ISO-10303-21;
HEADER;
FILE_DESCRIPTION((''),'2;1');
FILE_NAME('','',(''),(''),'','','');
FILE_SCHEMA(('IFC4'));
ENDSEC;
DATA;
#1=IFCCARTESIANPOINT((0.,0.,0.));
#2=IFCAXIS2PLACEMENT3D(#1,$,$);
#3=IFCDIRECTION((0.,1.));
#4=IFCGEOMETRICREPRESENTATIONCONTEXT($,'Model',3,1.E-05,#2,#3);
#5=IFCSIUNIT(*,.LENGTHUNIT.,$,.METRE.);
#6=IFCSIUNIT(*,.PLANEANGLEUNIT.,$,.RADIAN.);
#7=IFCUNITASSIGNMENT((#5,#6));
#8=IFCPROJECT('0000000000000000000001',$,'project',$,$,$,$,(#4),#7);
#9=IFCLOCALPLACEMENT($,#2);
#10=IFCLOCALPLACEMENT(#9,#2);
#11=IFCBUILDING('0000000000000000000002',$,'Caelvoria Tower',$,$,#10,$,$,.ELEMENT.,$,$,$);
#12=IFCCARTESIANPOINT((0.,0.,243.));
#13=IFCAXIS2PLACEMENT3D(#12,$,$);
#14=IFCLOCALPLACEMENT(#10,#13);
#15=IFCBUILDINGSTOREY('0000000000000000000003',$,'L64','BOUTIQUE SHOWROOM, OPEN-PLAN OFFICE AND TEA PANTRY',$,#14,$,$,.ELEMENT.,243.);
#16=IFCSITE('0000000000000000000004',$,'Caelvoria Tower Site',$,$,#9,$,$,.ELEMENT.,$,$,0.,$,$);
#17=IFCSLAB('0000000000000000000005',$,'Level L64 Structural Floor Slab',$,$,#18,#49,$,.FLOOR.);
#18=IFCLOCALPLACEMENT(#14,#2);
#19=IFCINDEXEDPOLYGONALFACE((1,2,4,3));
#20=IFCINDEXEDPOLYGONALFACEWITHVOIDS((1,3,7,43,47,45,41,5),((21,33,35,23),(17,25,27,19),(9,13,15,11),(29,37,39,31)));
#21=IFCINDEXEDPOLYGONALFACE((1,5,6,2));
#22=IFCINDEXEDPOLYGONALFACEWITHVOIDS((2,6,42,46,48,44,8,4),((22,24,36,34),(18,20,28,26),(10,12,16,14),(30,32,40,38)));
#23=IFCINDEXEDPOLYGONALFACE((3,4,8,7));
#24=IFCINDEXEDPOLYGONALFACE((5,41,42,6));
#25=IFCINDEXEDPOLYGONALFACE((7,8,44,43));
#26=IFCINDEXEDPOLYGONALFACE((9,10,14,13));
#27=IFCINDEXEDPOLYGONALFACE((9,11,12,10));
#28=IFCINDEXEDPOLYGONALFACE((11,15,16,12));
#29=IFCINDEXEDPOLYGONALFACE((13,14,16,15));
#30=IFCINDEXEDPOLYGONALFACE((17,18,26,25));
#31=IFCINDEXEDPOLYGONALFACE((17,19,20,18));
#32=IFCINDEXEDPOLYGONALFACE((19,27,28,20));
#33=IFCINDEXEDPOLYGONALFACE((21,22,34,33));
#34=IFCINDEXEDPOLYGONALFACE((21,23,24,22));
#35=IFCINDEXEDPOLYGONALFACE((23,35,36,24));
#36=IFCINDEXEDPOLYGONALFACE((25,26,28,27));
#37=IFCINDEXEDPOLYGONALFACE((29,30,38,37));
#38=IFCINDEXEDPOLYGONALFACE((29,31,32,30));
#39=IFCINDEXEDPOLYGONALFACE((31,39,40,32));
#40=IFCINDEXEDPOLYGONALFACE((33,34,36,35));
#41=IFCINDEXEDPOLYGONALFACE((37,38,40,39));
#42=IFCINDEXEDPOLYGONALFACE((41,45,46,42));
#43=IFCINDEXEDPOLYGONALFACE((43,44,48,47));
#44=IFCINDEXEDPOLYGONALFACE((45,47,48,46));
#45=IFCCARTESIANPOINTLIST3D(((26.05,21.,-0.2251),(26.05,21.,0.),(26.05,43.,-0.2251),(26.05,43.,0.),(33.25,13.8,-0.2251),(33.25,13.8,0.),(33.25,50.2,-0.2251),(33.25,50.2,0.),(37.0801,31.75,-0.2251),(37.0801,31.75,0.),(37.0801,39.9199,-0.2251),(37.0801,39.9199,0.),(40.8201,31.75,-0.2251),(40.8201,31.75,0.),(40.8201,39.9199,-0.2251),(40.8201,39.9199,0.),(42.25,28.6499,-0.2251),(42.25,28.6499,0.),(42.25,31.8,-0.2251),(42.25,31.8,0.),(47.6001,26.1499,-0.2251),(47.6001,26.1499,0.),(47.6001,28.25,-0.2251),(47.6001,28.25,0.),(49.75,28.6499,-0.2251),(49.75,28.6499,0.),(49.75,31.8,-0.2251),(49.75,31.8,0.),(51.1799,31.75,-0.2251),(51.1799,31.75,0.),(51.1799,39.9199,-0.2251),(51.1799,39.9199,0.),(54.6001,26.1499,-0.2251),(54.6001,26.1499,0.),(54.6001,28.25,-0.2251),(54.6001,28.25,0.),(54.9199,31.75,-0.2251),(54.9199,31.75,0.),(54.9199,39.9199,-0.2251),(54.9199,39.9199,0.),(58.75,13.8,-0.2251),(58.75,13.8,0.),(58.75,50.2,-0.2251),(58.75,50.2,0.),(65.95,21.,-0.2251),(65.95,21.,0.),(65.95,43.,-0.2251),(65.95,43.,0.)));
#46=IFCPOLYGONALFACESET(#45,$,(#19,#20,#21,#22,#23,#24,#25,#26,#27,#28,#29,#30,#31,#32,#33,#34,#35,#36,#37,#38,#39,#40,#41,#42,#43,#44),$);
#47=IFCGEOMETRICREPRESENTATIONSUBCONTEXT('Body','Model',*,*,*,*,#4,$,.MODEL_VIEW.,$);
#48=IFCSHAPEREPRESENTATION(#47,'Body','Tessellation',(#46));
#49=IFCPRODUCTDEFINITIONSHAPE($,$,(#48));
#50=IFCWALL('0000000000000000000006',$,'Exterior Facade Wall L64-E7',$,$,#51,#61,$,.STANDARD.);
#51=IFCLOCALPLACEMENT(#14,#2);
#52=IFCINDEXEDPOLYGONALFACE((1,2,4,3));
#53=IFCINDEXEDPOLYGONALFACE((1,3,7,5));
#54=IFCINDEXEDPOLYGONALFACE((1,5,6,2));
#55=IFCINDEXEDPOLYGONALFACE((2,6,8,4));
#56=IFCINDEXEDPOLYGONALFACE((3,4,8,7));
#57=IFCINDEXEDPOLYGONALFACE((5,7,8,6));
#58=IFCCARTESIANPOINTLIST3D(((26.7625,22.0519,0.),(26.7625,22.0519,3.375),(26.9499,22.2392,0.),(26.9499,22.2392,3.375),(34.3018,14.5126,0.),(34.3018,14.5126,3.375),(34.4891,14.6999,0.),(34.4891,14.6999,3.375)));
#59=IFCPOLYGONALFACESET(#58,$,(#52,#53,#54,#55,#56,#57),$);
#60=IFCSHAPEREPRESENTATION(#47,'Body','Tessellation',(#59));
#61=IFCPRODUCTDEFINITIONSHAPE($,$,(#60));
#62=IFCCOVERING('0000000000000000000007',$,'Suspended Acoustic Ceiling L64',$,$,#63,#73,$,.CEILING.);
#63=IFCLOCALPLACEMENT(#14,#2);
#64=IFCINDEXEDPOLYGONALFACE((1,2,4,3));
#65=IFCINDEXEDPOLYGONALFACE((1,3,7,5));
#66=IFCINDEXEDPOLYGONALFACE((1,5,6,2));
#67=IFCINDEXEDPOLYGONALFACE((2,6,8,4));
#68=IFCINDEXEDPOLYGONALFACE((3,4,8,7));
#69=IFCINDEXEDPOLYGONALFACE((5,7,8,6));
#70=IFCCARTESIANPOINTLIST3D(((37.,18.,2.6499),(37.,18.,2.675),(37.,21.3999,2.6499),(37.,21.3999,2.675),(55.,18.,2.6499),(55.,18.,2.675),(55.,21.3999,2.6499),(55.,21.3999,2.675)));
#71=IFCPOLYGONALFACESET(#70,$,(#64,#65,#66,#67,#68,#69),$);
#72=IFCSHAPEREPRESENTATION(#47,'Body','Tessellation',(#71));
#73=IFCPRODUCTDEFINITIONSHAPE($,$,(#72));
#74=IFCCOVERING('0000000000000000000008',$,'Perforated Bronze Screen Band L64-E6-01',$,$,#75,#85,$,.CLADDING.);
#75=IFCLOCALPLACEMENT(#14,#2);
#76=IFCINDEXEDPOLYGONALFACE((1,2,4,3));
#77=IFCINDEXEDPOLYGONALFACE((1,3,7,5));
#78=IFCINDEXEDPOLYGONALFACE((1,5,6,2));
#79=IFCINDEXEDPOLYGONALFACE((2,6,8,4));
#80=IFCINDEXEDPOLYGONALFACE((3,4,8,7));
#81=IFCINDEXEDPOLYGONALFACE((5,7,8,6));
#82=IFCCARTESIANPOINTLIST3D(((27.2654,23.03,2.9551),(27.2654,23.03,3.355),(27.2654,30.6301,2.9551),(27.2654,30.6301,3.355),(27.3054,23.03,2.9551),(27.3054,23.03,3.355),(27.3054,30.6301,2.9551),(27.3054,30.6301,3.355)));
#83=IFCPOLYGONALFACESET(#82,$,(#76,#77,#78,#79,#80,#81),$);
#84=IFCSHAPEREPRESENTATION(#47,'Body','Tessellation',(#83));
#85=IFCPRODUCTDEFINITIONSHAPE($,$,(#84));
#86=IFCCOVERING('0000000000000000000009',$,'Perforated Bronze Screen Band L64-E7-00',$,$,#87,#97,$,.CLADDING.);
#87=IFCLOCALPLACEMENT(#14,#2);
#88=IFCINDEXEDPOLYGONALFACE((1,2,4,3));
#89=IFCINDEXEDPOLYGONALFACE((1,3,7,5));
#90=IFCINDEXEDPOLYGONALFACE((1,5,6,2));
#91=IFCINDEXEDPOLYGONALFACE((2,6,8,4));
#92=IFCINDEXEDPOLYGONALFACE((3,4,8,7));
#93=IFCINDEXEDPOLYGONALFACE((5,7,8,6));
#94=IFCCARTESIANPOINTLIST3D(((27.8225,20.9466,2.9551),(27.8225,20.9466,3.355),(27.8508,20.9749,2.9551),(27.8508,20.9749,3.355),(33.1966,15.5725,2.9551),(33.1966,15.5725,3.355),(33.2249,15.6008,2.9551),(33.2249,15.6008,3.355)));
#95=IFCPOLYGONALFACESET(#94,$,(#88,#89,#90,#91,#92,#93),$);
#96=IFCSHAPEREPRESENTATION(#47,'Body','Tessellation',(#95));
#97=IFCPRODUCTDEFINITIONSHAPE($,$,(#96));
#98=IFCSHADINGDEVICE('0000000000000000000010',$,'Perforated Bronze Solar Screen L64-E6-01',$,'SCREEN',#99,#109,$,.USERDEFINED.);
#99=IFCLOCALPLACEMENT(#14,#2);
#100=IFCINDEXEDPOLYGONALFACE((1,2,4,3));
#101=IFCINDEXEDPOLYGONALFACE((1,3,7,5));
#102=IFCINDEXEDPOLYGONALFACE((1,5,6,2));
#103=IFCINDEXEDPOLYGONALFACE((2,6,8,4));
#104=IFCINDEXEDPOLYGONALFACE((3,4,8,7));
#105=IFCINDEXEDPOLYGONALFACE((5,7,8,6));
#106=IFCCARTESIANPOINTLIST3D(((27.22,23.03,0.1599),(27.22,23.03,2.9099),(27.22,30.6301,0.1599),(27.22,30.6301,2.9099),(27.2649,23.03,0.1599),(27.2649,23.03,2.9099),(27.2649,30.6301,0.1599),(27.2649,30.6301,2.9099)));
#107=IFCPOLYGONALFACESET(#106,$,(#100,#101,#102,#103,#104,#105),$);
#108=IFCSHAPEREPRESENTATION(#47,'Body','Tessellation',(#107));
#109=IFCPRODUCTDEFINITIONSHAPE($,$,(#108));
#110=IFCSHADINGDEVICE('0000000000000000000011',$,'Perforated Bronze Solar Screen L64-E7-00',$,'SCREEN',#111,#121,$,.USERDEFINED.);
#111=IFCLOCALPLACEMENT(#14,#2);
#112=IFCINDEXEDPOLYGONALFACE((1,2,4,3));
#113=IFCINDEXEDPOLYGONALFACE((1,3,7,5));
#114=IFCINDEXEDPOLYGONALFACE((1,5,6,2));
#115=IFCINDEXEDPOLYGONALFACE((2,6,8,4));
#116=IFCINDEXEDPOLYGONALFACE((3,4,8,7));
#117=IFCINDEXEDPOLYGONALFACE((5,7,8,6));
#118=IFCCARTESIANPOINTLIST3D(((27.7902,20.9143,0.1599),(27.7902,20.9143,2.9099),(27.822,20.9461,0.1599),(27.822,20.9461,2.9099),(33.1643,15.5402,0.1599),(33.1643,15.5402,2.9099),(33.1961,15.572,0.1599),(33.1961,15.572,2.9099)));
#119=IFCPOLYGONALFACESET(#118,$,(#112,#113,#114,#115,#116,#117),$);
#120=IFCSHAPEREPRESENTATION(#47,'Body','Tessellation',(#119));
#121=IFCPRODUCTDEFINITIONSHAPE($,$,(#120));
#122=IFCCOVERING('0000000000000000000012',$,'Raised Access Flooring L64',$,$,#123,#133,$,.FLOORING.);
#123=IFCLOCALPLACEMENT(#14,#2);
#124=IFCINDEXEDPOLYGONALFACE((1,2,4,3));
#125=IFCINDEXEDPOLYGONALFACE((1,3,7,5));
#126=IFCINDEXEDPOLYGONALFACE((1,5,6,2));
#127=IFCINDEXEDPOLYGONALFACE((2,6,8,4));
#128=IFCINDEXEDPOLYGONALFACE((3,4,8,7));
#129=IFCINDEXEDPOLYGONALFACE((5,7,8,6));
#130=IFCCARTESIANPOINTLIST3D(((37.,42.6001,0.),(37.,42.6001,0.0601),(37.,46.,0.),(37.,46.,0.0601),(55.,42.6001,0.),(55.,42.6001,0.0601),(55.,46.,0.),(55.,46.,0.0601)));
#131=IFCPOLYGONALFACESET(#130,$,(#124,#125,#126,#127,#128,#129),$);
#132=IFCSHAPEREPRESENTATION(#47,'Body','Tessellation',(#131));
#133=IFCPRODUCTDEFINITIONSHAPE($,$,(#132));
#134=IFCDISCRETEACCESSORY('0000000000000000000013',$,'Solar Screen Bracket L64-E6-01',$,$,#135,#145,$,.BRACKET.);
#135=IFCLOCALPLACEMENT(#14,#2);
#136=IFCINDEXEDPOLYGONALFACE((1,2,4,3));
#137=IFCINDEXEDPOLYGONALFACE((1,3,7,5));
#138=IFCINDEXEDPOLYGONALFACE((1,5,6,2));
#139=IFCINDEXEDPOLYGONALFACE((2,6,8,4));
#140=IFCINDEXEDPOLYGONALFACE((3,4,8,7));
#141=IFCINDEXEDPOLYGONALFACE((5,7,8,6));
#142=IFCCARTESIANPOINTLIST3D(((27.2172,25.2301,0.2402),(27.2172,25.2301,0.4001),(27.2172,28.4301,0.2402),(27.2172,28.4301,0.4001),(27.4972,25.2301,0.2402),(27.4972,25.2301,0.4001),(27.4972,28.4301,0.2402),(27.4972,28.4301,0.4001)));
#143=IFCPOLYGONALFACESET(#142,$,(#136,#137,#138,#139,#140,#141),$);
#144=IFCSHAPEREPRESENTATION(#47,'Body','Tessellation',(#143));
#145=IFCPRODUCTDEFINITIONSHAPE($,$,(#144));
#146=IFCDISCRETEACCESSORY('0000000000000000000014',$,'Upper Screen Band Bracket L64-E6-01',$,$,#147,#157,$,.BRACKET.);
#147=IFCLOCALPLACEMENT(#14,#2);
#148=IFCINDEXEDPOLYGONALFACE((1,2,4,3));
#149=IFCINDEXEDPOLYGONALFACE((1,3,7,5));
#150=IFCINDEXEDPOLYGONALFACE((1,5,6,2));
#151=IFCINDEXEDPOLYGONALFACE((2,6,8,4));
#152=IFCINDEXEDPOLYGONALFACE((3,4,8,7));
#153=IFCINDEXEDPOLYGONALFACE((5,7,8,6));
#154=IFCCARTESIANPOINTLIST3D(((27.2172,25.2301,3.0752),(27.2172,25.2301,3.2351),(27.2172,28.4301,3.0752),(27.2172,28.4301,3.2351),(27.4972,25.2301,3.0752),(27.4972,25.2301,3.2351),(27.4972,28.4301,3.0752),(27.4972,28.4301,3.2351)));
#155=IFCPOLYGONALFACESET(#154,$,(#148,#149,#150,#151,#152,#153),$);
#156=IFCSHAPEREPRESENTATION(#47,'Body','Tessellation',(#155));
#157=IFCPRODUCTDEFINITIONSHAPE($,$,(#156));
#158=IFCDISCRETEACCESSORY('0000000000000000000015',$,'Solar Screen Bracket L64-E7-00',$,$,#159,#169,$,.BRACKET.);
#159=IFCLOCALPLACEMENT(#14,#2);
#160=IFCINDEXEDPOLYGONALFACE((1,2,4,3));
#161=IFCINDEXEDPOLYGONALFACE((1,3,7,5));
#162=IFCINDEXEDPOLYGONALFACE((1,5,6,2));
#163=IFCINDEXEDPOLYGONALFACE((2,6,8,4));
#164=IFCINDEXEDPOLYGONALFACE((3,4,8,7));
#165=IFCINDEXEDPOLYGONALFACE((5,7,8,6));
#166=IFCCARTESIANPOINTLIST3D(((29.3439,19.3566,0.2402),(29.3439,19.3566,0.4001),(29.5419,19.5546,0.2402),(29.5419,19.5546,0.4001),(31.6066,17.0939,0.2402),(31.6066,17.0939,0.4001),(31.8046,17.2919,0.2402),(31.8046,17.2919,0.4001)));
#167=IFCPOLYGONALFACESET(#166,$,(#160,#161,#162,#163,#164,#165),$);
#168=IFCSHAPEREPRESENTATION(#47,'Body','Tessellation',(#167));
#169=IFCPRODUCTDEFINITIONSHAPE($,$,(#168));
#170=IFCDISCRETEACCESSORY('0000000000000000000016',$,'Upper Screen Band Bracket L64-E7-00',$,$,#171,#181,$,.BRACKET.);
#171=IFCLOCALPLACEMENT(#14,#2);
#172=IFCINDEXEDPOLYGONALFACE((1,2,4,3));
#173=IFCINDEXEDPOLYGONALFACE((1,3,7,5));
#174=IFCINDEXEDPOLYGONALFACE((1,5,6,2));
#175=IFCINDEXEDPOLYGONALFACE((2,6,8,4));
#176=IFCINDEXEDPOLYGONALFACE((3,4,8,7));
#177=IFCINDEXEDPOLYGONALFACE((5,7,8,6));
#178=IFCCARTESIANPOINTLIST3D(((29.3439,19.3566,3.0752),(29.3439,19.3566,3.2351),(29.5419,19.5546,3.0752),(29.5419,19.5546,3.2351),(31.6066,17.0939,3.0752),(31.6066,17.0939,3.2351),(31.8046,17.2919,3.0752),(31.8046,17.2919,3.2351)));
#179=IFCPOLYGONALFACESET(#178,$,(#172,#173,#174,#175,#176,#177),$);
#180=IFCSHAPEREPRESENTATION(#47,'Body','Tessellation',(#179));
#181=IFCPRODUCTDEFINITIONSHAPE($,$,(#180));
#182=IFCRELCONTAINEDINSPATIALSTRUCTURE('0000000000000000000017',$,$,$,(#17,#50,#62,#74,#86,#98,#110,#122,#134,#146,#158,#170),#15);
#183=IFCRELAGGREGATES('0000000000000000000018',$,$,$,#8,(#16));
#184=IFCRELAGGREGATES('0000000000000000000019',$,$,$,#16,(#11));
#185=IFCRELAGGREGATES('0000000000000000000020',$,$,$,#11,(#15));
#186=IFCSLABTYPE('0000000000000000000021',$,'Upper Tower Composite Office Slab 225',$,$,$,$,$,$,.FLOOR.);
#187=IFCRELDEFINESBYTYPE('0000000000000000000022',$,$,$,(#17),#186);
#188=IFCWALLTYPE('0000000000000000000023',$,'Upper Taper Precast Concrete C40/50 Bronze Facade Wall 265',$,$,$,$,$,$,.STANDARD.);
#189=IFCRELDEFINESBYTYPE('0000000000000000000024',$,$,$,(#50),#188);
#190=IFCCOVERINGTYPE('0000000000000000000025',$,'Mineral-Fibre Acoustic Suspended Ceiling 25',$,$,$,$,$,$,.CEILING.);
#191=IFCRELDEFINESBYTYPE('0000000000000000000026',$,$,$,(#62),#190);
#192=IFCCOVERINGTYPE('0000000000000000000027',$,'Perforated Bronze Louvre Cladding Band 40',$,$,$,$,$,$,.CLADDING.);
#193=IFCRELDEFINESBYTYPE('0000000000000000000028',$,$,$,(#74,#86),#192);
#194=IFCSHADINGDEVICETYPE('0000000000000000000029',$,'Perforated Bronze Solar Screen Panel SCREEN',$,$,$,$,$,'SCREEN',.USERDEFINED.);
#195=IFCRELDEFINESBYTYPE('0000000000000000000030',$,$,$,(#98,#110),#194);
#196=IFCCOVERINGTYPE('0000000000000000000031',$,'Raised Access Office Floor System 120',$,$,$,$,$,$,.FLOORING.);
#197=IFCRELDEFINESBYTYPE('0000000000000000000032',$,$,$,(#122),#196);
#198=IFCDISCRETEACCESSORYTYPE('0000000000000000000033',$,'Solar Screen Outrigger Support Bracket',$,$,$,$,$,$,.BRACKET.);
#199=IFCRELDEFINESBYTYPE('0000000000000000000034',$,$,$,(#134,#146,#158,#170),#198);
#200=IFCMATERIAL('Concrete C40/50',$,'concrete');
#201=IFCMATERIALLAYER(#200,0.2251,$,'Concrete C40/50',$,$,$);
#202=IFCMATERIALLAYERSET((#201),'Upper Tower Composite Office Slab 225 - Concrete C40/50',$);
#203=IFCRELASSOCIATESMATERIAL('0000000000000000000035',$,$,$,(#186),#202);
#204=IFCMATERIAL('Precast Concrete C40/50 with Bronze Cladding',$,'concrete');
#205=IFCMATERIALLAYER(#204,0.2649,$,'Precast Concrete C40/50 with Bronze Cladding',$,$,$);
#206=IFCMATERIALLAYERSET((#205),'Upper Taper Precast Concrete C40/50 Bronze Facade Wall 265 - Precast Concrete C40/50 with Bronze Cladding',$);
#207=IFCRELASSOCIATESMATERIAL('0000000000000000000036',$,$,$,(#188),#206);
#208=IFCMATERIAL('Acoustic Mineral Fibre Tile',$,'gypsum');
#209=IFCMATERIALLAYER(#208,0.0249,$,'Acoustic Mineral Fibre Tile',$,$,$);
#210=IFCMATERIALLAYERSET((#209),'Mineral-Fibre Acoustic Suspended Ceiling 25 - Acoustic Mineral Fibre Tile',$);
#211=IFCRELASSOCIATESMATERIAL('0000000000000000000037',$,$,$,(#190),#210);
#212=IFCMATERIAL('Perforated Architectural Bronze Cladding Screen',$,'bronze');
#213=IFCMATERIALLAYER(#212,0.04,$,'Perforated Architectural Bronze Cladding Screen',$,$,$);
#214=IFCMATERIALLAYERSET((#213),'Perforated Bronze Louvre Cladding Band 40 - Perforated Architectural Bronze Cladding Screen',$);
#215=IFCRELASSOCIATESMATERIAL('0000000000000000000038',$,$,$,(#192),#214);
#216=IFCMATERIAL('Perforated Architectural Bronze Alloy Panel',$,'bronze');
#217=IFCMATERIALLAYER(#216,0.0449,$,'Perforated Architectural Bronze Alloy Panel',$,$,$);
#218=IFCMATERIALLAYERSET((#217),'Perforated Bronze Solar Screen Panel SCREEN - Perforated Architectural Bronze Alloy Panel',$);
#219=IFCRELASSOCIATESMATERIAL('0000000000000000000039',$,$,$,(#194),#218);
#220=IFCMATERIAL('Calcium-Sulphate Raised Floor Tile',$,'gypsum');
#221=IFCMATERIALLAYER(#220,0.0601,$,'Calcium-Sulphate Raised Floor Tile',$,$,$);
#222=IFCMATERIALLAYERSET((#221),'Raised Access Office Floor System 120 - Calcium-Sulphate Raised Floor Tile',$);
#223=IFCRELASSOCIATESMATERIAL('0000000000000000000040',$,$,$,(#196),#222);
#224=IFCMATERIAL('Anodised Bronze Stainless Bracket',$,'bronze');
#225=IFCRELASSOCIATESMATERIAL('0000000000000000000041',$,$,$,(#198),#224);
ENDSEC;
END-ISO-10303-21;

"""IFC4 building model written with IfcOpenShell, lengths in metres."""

from ifc_helpers import new_model, si_unit, direction, frame, frame_2d, origin, origin_2d, place, context, subcontext, project, spatial, polyline, rectangle, outline, extrude, material, layer, layer_set, type_object, element, save


model = new_model("IFC4")

# Units and contexts
model_context = context("Model", 3, precision=1e-05, world=origin(), true_north=direction((0.0, 1.0)))
body_context = subcontext(model_context, "Body", "Model", "MODEL_VIEW")
ifc_project = project(units=[si_unit("LENGTHUNIT", "METRE"), si_unit("PLANEANGLEUNIT", "RADIAN")], contexts=[model_context])

# Site, building, storey
site_placement = place(None, origin())
site = spatial("IfcSite", under=ifc_project, at=site_placement, Name="Caelvoria Tower Site", CompositionType="ELEMENT", RefElevation=0.0)
building_placement = place(site_placement, origin())
building = spatial("IfcBuilding", under=site, at=building_placement, Name="Caelvoria Tower", CompositionType="ELEMENT")
storey_placement = place(building_placement, frame((0.0, 0.0, 243.0)))
storey = spatial("IfcBuildingStorey", under=building, at=storey_placement, Name="L64", Description="BOUTIQUE SHOWROOM, OPEN-PLAN OFFICE AND TEA PANTRY", CompositionType="ELEMENT", Elevation=243.0)

# Shared definitions
ifc_material_1 = material(Name="Concrete C40/50", Category="concrete")

# Slab
ifc_layer_1 = layer(ifc_material_1, 0.2251, Name="Concrete C40/50")
ifc_layer_set_1 = layer_set([ifc_layer_1], Name="Upper Tower Composite Office Slab 225 - Concrete C40/50")
slab_type_1 = type_object("IfcSlabType", Name="Upper Tower Composite Office Slab 225", PredefinedType="FLOOR", material=ifc_layer_set_1)
slab_1_placement = place(storey_placement, frame((0.0, 0.0, -0.2251)))
element("IfcSlab", 1, at=slab_1_placement, inside=storey, type_object=slab_type_1, Name="Level L64 Structural Floor Slab", PredefinedType="FLOOR", context=body_context, shape_type="SweptSolid", body=[
    extrude(outline(polyline([(33.25, 13.8), (58.75, 13.8), (65.95, 21.0), (65.95, 43.0), (58.75, 50.2), (33.25, 50.2), (26.05, 43.0), (26.05, 21.0), (33.25, 13.8)]), holes=[polyline([(37.0801, 31.75), (40.8201, 31.75), (40.8201, 39.9199), (37.0801, 39.9199), (37.0801, 31.75)]), polyline([(51.1799, 31.75), (54.9199, 31.75), (54.9199, 39.9199), (51.1799, 39.9199), (51.1799, 31.75)]), polyline([(42.25, 28.6499), (49.75, 28.6499), (49.75, 31.8), (42.25, 31.8), (42.25, 28.6499)]), polyline([(47.6001, 26.1499), (54.6001, 26.1499), (54.6001, 28.25), (47.6001, 28.25), (47.6001, 26.1499)])]), origin(), (0.0, 0.0, 1.0), 0.2251),
])

# Wall
ifc_material_2 = material(Name="Precast Concrete C40/50 with Bronze Cladding", Category="concrete")
ifc_layer_2 = layer(ifc_material_2, 0.2649, Name="Precast Concrete C40/50 with Bronze Cladding")
ifc_layer_set_2 = layer_set([ifc_layer_2], Name="Upper Taper Precast Concrete C40/50 Bronze Facade Wall 265 - Precast Concrete C40/50 with Bronze Cladding")
wall_type = type_object("IfcWallType", Name="Upper Taper Precast Concrete C40/50 Bronze Facade Wall 265", PredefinedType="STANDARD", material=ifc_layer_set_2)
wall_placement = place(storey_placement, frame((26.8562, 22.1455, 0.0), z_axis=(0.0, 0.0, 1.0), x_axis=(0.707107, -0.707107, 0.0)))
element("IfcWall", 2, at=wall_placement, inside=storey, type_object=wall_type, Name="Exterior Facade Wall L64-E7", PredefinedType="STANDARD", context=body_context, shape_type="SweptSolid", body=[
    extrude(rectangle(XDim=10.6621, YDim=0.2649, at=frame_2d((5.3311, 0.0))), origin(), (0.0, 0.0, 1.0), 3.375),
])

# Coverings
ifc_material_3 = material(Name="Acoustic Mineral Fibre Tile", Category="gypsum")
ifc_layer_3 = layer(ifc_material_3, 0.0249, Name="Acoustic Mineral Fibre Tile")
ifc_layer_set_3 = layer_set([ifc_layer_3], Name="Mineral-Fibre Acoustic Suspended Ceiling 25 - Acoustic Mineral Fibre Tile")
covering_type_1 = type_object("IfcCoveringType", Name="Mineral-Fibre Acoustic Suspended Ceiling 25", PredefinedType="CEILING", material=ifc_layer_set_3)
covering_1_placement = place(storey_placement, frame((0.0, 0.0, 2.6499)))
element("IfcCovering", 3, at=covering_1_placement, inside=storey, type_object=covering_type_1, Name="Suspended Acoustic Ceiling L64", PredefinedType="CEILING", context=body_context, shape_type="SweptSolid", body=[
    extrude(outline(polyline([(37.0, 18.0), (55.0, 18.0), (55.0, 21.3999), (37.0, 21.3999), (37.0, 18.0)])), origin(), (0.0, 0.0, 1.0), 0.0251),
])
ifc_material_4 = material(Name="Perforated Architectural Bronze Cladding Screen", Category="bronze")
ifc_layer_4 = layer(ifc_material_4, 0.04, Name="Perforated Architectural Bronze Cladding Screen")
ifc_layer_set_4 = layer_set([ifc_layer_4], Name="Perforated Bronze Louvre Cladding Band 40 - Perforated Architectural Bronze Cladding Screen")
covering_type_2 = type_object("IfcCoveringType", Name="Perforated Bronze Louvre Cladding Band 40", PredefinedType="CLADDING", material=ifc_layer_set_4)
for number, where, z_axis, x_axis, name in (
    (4, (27.2854, 26.8301, 2.9551), (0.0, 0.0, 1.0), (0.0, -1.0, 0.0), "Perforated Bronze Screen Band L64-E6-01"),
    (5, (30.5237, 18.2737, 2.9551), (0.0, 0.0, 1.0), (0.707107, -0.707107, 0.0), "Perforated Bronze Screen Band L64-E7-00"),
):
    element("IfcCovering", number, at=place(storey_placement, frame(where, z_axis=z_axis, x_axis=x_axis)), inside=storey, type_object=covering_type_2, Name=name, PredefinedType="CLADDING", context=body_context, shape_type="SweptSolid", body=[
        extrude(rectangle(XDim=7.6001, YDim=0.04, at=origin_2d()), origin(), (0.0, 0.0, 1.0), 0.3999),
    ])

# Shading devices
ifc_material_5 = material(Name="Perforated Architectural Bronze Alloy Panel", Category="bronze")
ifc_layer_5 = layer(ifc_material_5, 0.0449, Name="Perforated Architectural Bronze Alloy Panel")
ifc_layer_set_5 = layer_set([ifc_layer_5], Name="Perforated Bronze Solar Screen Panel SCREEN - Perforated Architectural Bronze Alloy Panel")
shading_device_type = type_object("IfcShadingDeviceType", Name="Perforated Bronze Solar Screen Panel SCREEN", ElementType="SCREEN", PredefinedType="USERDEFINED", material=ifc_layer_set_5)
for number, where, z_axis, x_axis, name in (
    (6, (27.2424, 26.8301, 0.1599), (0.0, 0.0, 1.0), (0.0, -1.0, 0.0), "Perforated Bronze Solar Screen L64-E6-01"),
    (7, (30.4932, 18.2432, 0.1599), (0.0, 0.0, 1.0), (0.707107, -0.707107, 0.0), "Perforated Bronze Solar Screen L64-E7-00"),
):
    element("IfcShadingDevice", number, at=place(storey_placement, frame(where, z_axis=z_axis, x_axis=x_axis)), inside=storey, type_object=shading_device_type, Name=name, ObjectType="SCREEN", PredefinedType="USERDEFINED", context=body_context, shape_type="SweptSolid", body=[
        extrude(rectangle(XDim=7.6001, YDim=0.0449, at=origin_2d()), origin(), (0.0, 0.0, 1.0), 2.75),
    ])

# Covering
ifc_material_6 = material(Name="Calcium-Sulphate Raised Floor Tile", Category="gypsum")
ifc_layer_6 = layer(ifc_material_6, 0.0601, Name="Calcium-Sulphate Raised Floor Tile")
ifc_layer_set_6 = layer_set([ifc_layer_6], Name="Raised Access Office Floor System 120 - Calcium-Sulphate Raised Floor Tile")
covering_type_3 = type_object("IfcCoveringType", Name="Raised Access Office Floor System 120", PredefinedType="FLOORING", material=ifc_layer_set_6)
covering_2_placement = place(storey_placement, origin())
element("IfcCovering", 8, at=covering_2_placement, inside=storey, type_object=covering_type_3, Name="Raised Access Flooring L64", PredefinedType="FLOORING", context=body_context, shape_type="SweptSolid", body=[
    extrude(outline(polyline([(37.0, 42.6001), (55.0, 42.6001), (55.0, 46.0), (37.0, 46.0), (37.0, 42.6001)])), origin(), (0.0, 0.0, 1.0), 0.0601),
])

# Discrete accessories
ifc_material_7 = material(Name="Anodised Bronze Stainless Bracket", Category="bronze")
discrete_accessory_type = type_object("IfcDiscreteAccessoryType", Name="Solar Screen Outrigger Support Bracket", PredefinedType="BRACKET", material=ifc_material_7)
for number, where, z_axis, x_axis, name in (
    (9, (27.3572, 26.8301, 0.2402), (0.0, 0.0, 1.0), (0.0, -1.0, 0.0), "Solar Screen Bracket L64-E6-01"),
    (10, (27.3572, 26.8301, 3.0752), (0.0, 0.0, 1.0), (0.0, -1.0, 0.0), "Upper Screen Band Bracket L64-E6-01"),
    (11, (30.5742, 18.3242, 0.2402), (0.0, 0.0, 1.0), (0.707107, -0.707107, 0.0), "Solar Screen Bracket L64-E7-00"),
    (12, (30.5742, 18.3242, 3.0752), (0.0, 0.0, 1.0), (0.707107, -0.707107, 0.0), "Upper Screen Band Bracket L64-E7-00"),
):
    element("IfcDiscreteAccessory", number, at=place(storey_placement, frame(where, z_axis=z_axis, x_axis=x_axis)), inside=storey, type_object=discrete_accessory_type, Name=name, PredefinedType="BRACKET", context=body_context, shape_type="SweptSolid", body=[
        extrude(rectangle(XDim=3.2, YDim=0.28, at=origin_2d()), origin(), (0.0, 0.0, 1.0), 0.1599),
    ])

save(model, "model.ifc")
